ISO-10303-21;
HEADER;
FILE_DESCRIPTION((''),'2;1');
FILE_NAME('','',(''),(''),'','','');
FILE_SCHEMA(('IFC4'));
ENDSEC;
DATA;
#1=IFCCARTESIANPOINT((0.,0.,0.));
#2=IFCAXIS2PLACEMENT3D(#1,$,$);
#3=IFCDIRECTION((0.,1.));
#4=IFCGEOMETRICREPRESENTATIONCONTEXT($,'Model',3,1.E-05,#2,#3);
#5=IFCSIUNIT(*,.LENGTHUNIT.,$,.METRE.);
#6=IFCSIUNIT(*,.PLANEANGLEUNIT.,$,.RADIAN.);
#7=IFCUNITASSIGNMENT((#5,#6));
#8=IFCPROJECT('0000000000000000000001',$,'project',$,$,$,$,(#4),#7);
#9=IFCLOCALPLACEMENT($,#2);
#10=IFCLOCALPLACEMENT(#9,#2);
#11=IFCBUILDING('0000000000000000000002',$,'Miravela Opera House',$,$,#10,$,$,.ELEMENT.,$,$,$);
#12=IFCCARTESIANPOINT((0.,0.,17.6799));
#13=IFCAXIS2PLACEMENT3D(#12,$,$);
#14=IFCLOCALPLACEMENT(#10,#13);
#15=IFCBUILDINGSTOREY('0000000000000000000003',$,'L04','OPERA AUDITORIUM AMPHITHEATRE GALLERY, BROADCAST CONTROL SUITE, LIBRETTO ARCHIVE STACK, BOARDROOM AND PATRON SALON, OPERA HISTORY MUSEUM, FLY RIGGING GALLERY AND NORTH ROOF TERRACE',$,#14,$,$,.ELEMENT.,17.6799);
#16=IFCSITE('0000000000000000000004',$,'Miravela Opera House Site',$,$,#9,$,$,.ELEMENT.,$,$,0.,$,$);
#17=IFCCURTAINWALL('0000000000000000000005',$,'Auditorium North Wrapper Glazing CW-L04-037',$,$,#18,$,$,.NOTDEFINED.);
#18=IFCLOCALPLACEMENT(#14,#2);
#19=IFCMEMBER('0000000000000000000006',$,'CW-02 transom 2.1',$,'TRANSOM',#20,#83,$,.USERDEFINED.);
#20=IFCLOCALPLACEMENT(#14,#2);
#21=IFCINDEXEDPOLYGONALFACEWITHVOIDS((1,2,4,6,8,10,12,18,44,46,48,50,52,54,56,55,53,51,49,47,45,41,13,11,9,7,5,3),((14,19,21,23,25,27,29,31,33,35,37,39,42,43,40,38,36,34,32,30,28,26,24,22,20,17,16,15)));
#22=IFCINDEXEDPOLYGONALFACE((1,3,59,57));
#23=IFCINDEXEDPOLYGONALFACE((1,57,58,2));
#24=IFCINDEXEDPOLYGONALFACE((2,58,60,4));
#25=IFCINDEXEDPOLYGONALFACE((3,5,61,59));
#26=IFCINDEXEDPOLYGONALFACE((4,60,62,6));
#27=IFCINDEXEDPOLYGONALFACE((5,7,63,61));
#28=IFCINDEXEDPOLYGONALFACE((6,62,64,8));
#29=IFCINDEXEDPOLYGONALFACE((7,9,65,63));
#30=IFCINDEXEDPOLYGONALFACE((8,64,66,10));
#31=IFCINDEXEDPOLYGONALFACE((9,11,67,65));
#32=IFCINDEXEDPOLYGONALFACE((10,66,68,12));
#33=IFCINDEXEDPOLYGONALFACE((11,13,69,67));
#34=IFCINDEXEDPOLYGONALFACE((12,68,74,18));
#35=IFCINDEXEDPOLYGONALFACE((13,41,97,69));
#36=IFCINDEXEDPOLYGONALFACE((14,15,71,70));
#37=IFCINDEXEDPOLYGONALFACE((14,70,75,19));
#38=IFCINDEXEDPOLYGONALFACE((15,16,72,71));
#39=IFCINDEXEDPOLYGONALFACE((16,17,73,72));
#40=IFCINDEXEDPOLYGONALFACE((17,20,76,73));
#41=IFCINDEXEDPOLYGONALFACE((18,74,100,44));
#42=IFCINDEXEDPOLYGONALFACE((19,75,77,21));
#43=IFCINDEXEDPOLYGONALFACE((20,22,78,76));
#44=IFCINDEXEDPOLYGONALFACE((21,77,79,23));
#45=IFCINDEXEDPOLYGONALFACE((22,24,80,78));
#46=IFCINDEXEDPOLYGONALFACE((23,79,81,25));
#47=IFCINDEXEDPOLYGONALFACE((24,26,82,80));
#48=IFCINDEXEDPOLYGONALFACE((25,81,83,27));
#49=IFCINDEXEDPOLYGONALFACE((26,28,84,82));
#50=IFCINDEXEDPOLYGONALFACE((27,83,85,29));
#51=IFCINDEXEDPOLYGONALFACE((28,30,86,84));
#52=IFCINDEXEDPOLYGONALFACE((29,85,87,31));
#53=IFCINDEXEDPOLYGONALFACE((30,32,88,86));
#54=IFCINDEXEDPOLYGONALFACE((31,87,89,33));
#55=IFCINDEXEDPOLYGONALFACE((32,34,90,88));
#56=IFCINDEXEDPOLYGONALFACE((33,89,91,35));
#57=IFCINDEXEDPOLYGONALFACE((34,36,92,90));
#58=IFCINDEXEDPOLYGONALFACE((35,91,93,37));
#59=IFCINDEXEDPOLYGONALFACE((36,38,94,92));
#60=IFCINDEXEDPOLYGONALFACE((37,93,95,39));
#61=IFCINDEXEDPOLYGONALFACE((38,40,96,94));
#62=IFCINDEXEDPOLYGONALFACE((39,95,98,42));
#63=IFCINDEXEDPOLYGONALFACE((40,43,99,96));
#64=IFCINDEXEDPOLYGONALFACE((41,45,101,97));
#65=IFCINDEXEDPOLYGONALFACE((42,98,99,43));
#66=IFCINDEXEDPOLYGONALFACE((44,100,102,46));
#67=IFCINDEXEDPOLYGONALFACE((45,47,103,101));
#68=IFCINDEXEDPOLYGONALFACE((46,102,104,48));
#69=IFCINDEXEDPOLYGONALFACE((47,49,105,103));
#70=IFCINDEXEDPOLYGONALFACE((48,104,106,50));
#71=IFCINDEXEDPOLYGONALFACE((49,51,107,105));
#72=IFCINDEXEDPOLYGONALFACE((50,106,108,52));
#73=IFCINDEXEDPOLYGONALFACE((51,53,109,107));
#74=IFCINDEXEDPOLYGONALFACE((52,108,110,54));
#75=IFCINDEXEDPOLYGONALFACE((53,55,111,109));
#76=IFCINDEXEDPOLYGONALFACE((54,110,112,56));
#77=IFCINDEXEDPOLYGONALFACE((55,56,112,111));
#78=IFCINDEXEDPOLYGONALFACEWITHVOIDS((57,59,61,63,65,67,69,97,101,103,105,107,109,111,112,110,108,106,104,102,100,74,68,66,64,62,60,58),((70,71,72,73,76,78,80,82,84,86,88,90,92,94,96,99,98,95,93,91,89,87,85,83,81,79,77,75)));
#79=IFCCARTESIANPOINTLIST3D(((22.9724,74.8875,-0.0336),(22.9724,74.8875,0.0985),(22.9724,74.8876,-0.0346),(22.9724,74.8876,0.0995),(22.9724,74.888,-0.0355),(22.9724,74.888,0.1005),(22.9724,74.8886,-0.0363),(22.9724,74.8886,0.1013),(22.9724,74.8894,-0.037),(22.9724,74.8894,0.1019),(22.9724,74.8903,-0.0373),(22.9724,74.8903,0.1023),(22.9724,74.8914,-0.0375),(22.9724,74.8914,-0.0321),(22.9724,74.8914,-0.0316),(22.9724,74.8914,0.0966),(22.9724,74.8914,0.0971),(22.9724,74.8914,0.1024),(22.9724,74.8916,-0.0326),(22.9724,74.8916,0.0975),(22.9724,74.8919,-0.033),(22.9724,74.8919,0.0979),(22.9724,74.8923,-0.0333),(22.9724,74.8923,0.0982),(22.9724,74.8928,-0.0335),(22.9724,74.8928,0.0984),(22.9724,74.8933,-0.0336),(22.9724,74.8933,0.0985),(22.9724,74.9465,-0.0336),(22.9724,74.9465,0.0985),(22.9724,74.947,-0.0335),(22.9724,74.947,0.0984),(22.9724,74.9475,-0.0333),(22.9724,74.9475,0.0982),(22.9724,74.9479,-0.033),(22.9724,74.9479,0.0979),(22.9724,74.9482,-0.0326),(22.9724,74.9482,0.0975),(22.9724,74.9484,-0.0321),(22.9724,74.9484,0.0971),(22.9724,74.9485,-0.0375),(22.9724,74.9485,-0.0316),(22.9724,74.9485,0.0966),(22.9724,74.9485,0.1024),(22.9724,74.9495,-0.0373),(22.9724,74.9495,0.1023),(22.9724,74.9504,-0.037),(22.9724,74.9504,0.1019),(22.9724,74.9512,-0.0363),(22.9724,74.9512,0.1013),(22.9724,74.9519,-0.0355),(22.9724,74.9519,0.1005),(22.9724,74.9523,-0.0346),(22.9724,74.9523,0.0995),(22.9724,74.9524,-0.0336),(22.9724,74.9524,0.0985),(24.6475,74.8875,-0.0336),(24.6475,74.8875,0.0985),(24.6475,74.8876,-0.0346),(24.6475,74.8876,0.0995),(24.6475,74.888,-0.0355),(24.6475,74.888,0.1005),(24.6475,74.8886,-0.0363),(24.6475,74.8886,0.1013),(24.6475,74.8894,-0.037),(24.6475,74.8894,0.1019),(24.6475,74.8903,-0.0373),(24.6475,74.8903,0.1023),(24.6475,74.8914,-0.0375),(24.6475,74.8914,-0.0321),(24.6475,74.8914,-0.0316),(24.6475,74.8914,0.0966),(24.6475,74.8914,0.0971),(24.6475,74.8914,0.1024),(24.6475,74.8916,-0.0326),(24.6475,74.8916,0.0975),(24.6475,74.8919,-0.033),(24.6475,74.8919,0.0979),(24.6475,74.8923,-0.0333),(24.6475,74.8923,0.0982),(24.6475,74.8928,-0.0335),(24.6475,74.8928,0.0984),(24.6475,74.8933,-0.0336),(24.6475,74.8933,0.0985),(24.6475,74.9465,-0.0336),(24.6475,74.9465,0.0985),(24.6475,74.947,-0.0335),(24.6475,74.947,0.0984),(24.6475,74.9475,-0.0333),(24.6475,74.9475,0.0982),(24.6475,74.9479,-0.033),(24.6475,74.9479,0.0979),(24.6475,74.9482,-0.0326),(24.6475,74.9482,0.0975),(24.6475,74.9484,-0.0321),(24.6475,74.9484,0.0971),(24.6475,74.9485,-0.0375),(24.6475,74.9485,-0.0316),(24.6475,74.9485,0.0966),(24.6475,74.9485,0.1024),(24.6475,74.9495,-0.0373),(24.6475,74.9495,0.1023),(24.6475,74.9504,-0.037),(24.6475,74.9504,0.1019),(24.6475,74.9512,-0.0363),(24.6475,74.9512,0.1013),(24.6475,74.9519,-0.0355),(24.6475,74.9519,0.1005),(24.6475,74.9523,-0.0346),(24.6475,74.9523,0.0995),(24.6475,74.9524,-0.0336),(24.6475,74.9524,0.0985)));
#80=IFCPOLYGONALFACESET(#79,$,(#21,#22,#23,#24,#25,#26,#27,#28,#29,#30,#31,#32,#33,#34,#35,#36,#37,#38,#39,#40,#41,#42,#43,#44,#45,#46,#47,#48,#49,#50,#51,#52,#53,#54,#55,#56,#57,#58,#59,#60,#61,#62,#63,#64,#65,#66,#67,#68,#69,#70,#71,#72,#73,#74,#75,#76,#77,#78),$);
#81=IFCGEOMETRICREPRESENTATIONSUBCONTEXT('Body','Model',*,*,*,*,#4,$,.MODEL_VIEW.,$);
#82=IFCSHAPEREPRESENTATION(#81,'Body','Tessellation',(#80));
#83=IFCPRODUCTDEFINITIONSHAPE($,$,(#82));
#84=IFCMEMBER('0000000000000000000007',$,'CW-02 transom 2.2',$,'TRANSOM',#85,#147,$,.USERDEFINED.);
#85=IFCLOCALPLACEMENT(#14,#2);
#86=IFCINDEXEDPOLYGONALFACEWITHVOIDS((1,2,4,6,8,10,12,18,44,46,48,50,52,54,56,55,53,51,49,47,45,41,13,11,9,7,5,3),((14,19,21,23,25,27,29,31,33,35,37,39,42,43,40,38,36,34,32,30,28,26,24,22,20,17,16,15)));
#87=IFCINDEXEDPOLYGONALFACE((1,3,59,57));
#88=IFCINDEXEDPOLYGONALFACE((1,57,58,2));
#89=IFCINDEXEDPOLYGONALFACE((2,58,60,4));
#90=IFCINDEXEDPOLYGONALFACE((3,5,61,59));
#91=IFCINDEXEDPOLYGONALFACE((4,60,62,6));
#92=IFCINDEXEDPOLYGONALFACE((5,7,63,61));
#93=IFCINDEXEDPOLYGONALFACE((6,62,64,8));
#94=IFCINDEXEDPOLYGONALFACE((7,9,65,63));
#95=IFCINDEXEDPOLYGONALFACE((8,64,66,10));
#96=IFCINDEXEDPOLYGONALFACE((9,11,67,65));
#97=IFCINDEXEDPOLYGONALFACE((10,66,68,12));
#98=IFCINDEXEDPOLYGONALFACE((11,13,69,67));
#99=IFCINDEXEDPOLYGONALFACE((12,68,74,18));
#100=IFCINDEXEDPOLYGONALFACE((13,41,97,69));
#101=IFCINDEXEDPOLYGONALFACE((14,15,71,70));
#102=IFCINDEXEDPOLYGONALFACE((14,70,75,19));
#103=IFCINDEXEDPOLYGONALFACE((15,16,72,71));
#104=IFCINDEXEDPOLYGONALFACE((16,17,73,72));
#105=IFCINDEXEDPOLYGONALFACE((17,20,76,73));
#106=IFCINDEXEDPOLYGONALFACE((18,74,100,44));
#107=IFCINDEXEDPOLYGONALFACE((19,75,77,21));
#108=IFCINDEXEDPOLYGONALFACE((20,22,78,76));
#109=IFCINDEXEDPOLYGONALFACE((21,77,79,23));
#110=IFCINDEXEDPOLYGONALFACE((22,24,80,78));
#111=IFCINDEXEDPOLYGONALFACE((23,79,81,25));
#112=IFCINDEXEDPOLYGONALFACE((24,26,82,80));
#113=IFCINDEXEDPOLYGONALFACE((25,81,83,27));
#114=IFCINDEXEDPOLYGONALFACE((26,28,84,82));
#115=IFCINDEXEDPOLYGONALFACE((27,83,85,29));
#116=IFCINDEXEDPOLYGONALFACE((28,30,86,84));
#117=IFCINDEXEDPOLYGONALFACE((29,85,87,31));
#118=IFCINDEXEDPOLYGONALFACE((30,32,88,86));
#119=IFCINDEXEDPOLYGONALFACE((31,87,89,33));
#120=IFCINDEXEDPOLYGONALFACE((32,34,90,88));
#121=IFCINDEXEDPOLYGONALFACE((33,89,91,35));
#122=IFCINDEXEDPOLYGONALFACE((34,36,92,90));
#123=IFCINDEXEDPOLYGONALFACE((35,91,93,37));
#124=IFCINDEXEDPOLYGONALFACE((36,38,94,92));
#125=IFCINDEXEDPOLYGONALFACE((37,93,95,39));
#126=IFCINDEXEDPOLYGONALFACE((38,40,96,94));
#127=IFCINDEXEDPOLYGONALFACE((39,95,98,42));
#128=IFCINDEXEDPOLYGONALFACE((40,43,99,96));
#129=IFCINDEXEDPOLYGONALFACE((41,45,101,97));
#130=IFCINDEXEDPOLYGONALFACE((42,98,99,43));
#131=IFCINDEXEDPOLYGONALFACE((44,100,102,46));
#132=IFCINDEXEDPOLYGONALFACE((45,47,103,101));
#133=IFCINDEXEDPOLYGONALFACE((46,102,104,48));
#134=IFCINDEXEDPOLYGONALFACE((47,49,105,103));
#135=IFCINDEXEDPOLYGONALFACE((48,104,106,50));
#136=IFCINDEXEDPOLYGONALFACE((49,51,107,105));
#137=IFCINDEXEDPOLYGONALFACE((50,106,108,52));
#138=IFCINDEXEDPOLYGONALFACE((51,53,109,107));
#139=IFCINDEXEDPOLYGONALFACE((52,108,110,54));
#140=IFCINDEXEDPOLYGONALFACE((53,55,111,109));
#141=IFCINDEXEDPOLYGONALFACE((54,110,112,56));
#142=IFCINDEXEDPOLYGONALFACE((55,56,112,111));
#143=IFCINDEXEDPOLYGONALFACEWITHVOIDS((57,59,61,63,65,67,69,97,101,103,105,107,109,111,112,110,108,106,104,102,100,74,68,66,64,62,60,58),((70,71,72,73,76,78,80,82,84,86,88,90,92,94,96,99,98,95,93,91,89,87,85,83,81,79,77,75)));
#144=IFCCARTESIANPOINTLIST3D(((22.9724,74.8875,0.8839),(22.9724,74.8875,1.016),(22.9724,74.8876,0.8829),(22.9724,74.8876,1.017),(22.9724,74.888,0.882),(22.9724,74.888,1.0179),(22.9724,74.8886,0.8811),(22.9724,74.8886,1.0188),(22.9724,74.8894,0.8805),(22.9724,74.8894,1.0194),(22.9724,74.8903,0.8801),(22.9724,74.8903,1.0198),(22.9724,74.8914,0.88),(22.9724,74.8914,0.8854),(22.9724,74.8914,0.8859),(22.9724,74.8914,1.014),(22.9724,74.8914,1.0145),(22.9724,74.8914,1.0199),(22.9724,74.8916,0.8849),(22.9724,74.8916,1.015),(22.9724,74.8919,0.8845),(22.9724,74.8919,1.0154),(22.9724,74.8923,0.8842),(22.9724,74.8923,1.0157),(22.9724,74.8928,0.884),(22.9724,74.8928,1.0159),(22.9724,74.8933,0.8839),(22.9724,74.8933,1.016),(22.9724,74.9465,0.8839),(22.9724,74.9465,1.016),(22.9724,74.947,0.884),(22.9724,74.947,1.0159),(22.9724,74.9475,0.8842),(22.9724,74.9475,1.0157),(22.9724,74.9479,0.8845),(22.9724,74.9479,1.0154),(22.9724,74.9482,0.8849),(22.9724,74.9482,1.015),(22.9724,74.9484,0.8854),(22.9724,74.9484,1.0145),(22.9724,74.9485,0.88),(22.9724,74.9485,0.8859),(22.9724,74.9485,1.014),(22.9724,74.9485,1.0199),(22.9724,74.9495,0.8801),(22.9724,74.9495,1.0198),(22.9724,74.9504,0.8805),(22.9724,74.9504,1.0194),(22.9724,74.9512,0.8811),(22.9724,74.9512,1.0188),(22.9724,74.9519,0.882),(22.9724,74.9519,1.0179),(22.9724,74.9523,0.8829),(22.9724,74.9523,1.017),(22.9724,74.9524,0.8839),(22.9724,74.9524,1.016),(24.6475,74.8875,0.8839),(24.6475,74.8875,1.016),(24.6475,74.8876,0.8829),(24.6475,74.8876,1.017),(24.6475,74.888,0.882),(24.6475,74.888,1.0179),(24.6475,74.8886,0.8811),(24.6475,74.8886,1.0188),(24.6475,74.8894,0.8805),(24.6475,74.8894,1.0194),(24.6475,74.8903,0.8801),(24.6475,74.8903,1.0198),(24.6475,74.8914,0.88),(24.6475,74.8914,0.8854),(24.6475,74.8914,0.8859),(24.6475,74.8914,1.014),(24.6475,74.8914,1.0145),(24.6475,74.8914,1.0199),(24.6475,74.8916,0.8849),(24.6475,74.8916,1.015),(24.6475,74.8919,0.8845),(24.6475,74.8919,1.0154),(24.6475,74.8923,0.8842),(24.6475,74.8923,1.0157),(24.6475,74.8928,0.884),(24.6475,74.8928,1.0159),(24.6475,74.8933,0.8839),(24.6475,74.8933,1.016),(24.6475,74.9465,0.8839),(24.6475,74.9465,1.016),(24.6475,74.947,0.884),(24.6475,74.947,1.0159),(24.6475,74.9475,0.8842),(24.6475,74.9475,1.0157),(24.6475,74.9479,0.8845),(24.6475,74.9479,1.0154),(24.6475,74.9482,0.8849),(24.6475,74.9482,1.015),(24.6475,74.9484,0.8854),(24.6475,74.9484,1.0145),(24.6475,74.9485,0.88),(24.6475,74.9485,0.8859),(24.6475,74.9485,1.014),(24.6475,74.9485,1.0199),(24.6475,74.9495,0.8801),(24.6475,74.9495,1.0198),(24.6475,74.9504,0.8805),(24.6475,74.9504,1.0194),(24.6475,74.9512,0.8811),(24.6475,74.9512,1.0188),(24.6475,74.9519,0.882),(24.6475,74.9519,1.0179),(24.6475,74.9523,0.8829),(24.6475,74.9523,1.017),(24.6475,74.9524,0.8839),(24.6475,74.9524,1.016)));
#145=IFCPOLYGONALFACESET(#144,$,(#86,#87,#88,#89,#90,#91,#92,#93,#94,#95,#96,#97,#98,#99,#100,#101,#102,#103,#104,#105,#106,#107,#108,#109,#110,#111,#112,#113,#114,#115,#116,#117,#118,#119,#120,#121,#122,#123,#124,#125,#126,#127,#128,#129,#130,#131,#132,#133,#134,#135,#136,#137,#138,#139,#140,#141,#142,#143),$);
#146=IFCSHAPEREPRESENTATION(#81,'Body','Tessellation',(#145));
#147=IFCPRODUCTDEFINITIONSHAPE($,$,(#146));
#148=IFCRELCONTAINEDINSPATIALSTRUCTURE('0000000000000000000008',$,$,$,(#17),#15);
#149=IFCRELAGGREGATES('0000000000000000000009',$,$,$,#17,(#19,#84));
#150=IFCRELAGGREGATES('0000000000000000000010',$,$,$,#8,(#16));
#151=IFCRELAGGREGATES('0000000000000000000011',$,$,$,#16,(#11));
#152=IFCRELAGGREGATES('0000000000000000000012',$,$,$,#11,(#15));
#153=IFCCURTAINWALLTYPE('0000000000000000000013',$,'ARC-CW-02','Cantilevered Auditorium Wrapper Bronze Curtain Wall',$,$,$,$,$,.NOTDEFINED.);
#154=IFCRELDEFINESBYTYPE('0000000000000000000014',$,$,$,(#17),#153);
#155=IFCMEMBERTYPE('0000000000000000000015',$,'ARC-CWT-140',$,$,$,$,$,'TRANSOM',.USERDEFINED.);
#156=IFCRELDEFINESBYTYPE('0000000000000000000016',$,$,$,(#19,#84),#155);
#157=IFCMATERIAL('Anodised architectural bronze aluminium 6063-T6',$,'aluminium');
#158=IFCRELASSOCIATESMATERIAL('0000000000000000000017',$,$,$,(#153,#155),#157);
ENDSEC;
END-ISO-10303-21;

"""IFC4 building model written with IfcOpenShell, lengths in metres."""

from ifc_helpers import new_model, si_unit, direction, frame, origin, origin_2d, place, context, subcontext, project, spatial, hollow_rectangle, extrude, material, material_profile, profile_set, type_object, element, aggregate, save


model = new_model("IFC4")

# Units and contexts
model_context = context("Model", 3, precision=1e-05, world=origin(), true_north=direction((0.0, 1.0)))
body_context = subcontext(model_context, "Body", "Model", "MODEL_VIEW")
ifc_project = project(units=[si_unit("LENGTHUNIT", "METRE"), si_unit("PLANEANGLEUNIT", "RADIAN")], contexts=[model_context])

# Site, building, storey
site_placement = place(None, origin())
site = spatial("IfcSite", under=ifc_project, at=site_placement, Name="Miravela Opera House Site", CompositionType="ELEMENT", RefElevation=0.0)
building_placement = place(site_placement, origin())
building = spatial("IfcBuilding", under=site, at=building_placement, Name="Miravela Opera House", CompositionType="ELEMENT")
storey_placement = place(building_placement, frame((0.0, 0.0, 17.6799)))
storey = spatial("IfcBuildingStorey", under=building, at=storey_placement, Name="L04", Description="OPERA AUDITORIUM AMPHITHEATRE GALLERY, BROADCAST CONTROL SUITE, LIBRETTO ARCHIVE STACK, BOARDROOM AND PATRON SALON, OPERA HISTORY MUSEUM, FLY RIGGING GALLERY AND NORTH ROOF TERRACE", CompositionType="ELEMENT", Elevation=17.6799)

# Shared definitions
ifc_material_1 = material(Name="Anodised architectural bronze aluminium 6063-T6", Category="aluminium")
curtain_wall_type = type_object("IfcCurtainWallType", Name="ARC-CW-02", Description="Cantilevered Auditorium Wrapper Bronze Curtain Wall", PredefinedType="NOTDEFINED", material=ifc_material_1)

# Curtain wall, members
curtain_wall_1_placement = place(storey_placement, origin())
curtain_wall_1 = element("IfcCurtainWall", 1, at=curtain_wall_1_placement, inside=storey, type_object=curtain_wall_type, Name="Auditorium North Wrapper Glazing CW-L04-037", PredefinedType="NOTDEFINED")
ifc_material_profile_1 = material_profile(ifc_material_1, hollow_rectangle(XDim=0.0649, YDim=0.1399, WallThickness=0.0039, InnerFilletRadius=0.002, OuterFilletRadius=0.0039, at=origin_2d()), Name="CWT-65X140")
ifc_profile_set_1 = profile_set([ifc_material_profile_1])
member_type_1 = type_object("IfcMemberType", Name="ARC-CWT-140", ElementType="TRANSOM", PredefinedType="USERDEFINED", material=ifc_profile_set_1)
member_1_placement = place(storey_placement, frame((22.9724, 74.9199, 0.0325), z_axis=(1.0, 0.0, 0.0), x_axis=(0.0, 1.0, 0.0)))
member_1 = element("IfcMember", 2, at=member_1_placement, type_object=member_type_1, Name="CW-02 transom 2.1", ObjectType="TRANSOM", PredefinedType="USERDEFINED", context=body_context, shape_type="SweptSolid", body=[
    extrude(hollow_rectangle(XDim=0.0649, YDim=0.1399, WallThickness=0.0039, InnerFilletRadius=0.002, OuterFilletRadius=0.0039, at=origin_2d()), origin(), (0.0, 0.0, 1.0), 1.675),
])
member_2_placement = place(storey_placement, frame((22.9724, 74.9199, 0.95), z_axis=(1.0, 0.0, 0.0), x_axis=(0.0, 1.0, 0.0)))
member_2 = element("IfcMember", 3, at=member_2_placement, type_object=member_type_1, Name="CW-02 transom 2.2", ObjectType="TRANSOM", PredefinedType="USERDEFINED", context=body_context, shape_type="SweptSolid", body=[
    extrude(hollow_rectangle(XDim=0.0649, YDim=0.1399, WallThickness=0.0039, InnerFilletRadius=0.002, OuterFilletRadius=0.0039, at=origin_2d()), origin(), (0.0, 0.0, 1.0), 1.675),
])

aggregate(curtain_wall_1, [member_1, member_2])

save(model, "model.ifc")
